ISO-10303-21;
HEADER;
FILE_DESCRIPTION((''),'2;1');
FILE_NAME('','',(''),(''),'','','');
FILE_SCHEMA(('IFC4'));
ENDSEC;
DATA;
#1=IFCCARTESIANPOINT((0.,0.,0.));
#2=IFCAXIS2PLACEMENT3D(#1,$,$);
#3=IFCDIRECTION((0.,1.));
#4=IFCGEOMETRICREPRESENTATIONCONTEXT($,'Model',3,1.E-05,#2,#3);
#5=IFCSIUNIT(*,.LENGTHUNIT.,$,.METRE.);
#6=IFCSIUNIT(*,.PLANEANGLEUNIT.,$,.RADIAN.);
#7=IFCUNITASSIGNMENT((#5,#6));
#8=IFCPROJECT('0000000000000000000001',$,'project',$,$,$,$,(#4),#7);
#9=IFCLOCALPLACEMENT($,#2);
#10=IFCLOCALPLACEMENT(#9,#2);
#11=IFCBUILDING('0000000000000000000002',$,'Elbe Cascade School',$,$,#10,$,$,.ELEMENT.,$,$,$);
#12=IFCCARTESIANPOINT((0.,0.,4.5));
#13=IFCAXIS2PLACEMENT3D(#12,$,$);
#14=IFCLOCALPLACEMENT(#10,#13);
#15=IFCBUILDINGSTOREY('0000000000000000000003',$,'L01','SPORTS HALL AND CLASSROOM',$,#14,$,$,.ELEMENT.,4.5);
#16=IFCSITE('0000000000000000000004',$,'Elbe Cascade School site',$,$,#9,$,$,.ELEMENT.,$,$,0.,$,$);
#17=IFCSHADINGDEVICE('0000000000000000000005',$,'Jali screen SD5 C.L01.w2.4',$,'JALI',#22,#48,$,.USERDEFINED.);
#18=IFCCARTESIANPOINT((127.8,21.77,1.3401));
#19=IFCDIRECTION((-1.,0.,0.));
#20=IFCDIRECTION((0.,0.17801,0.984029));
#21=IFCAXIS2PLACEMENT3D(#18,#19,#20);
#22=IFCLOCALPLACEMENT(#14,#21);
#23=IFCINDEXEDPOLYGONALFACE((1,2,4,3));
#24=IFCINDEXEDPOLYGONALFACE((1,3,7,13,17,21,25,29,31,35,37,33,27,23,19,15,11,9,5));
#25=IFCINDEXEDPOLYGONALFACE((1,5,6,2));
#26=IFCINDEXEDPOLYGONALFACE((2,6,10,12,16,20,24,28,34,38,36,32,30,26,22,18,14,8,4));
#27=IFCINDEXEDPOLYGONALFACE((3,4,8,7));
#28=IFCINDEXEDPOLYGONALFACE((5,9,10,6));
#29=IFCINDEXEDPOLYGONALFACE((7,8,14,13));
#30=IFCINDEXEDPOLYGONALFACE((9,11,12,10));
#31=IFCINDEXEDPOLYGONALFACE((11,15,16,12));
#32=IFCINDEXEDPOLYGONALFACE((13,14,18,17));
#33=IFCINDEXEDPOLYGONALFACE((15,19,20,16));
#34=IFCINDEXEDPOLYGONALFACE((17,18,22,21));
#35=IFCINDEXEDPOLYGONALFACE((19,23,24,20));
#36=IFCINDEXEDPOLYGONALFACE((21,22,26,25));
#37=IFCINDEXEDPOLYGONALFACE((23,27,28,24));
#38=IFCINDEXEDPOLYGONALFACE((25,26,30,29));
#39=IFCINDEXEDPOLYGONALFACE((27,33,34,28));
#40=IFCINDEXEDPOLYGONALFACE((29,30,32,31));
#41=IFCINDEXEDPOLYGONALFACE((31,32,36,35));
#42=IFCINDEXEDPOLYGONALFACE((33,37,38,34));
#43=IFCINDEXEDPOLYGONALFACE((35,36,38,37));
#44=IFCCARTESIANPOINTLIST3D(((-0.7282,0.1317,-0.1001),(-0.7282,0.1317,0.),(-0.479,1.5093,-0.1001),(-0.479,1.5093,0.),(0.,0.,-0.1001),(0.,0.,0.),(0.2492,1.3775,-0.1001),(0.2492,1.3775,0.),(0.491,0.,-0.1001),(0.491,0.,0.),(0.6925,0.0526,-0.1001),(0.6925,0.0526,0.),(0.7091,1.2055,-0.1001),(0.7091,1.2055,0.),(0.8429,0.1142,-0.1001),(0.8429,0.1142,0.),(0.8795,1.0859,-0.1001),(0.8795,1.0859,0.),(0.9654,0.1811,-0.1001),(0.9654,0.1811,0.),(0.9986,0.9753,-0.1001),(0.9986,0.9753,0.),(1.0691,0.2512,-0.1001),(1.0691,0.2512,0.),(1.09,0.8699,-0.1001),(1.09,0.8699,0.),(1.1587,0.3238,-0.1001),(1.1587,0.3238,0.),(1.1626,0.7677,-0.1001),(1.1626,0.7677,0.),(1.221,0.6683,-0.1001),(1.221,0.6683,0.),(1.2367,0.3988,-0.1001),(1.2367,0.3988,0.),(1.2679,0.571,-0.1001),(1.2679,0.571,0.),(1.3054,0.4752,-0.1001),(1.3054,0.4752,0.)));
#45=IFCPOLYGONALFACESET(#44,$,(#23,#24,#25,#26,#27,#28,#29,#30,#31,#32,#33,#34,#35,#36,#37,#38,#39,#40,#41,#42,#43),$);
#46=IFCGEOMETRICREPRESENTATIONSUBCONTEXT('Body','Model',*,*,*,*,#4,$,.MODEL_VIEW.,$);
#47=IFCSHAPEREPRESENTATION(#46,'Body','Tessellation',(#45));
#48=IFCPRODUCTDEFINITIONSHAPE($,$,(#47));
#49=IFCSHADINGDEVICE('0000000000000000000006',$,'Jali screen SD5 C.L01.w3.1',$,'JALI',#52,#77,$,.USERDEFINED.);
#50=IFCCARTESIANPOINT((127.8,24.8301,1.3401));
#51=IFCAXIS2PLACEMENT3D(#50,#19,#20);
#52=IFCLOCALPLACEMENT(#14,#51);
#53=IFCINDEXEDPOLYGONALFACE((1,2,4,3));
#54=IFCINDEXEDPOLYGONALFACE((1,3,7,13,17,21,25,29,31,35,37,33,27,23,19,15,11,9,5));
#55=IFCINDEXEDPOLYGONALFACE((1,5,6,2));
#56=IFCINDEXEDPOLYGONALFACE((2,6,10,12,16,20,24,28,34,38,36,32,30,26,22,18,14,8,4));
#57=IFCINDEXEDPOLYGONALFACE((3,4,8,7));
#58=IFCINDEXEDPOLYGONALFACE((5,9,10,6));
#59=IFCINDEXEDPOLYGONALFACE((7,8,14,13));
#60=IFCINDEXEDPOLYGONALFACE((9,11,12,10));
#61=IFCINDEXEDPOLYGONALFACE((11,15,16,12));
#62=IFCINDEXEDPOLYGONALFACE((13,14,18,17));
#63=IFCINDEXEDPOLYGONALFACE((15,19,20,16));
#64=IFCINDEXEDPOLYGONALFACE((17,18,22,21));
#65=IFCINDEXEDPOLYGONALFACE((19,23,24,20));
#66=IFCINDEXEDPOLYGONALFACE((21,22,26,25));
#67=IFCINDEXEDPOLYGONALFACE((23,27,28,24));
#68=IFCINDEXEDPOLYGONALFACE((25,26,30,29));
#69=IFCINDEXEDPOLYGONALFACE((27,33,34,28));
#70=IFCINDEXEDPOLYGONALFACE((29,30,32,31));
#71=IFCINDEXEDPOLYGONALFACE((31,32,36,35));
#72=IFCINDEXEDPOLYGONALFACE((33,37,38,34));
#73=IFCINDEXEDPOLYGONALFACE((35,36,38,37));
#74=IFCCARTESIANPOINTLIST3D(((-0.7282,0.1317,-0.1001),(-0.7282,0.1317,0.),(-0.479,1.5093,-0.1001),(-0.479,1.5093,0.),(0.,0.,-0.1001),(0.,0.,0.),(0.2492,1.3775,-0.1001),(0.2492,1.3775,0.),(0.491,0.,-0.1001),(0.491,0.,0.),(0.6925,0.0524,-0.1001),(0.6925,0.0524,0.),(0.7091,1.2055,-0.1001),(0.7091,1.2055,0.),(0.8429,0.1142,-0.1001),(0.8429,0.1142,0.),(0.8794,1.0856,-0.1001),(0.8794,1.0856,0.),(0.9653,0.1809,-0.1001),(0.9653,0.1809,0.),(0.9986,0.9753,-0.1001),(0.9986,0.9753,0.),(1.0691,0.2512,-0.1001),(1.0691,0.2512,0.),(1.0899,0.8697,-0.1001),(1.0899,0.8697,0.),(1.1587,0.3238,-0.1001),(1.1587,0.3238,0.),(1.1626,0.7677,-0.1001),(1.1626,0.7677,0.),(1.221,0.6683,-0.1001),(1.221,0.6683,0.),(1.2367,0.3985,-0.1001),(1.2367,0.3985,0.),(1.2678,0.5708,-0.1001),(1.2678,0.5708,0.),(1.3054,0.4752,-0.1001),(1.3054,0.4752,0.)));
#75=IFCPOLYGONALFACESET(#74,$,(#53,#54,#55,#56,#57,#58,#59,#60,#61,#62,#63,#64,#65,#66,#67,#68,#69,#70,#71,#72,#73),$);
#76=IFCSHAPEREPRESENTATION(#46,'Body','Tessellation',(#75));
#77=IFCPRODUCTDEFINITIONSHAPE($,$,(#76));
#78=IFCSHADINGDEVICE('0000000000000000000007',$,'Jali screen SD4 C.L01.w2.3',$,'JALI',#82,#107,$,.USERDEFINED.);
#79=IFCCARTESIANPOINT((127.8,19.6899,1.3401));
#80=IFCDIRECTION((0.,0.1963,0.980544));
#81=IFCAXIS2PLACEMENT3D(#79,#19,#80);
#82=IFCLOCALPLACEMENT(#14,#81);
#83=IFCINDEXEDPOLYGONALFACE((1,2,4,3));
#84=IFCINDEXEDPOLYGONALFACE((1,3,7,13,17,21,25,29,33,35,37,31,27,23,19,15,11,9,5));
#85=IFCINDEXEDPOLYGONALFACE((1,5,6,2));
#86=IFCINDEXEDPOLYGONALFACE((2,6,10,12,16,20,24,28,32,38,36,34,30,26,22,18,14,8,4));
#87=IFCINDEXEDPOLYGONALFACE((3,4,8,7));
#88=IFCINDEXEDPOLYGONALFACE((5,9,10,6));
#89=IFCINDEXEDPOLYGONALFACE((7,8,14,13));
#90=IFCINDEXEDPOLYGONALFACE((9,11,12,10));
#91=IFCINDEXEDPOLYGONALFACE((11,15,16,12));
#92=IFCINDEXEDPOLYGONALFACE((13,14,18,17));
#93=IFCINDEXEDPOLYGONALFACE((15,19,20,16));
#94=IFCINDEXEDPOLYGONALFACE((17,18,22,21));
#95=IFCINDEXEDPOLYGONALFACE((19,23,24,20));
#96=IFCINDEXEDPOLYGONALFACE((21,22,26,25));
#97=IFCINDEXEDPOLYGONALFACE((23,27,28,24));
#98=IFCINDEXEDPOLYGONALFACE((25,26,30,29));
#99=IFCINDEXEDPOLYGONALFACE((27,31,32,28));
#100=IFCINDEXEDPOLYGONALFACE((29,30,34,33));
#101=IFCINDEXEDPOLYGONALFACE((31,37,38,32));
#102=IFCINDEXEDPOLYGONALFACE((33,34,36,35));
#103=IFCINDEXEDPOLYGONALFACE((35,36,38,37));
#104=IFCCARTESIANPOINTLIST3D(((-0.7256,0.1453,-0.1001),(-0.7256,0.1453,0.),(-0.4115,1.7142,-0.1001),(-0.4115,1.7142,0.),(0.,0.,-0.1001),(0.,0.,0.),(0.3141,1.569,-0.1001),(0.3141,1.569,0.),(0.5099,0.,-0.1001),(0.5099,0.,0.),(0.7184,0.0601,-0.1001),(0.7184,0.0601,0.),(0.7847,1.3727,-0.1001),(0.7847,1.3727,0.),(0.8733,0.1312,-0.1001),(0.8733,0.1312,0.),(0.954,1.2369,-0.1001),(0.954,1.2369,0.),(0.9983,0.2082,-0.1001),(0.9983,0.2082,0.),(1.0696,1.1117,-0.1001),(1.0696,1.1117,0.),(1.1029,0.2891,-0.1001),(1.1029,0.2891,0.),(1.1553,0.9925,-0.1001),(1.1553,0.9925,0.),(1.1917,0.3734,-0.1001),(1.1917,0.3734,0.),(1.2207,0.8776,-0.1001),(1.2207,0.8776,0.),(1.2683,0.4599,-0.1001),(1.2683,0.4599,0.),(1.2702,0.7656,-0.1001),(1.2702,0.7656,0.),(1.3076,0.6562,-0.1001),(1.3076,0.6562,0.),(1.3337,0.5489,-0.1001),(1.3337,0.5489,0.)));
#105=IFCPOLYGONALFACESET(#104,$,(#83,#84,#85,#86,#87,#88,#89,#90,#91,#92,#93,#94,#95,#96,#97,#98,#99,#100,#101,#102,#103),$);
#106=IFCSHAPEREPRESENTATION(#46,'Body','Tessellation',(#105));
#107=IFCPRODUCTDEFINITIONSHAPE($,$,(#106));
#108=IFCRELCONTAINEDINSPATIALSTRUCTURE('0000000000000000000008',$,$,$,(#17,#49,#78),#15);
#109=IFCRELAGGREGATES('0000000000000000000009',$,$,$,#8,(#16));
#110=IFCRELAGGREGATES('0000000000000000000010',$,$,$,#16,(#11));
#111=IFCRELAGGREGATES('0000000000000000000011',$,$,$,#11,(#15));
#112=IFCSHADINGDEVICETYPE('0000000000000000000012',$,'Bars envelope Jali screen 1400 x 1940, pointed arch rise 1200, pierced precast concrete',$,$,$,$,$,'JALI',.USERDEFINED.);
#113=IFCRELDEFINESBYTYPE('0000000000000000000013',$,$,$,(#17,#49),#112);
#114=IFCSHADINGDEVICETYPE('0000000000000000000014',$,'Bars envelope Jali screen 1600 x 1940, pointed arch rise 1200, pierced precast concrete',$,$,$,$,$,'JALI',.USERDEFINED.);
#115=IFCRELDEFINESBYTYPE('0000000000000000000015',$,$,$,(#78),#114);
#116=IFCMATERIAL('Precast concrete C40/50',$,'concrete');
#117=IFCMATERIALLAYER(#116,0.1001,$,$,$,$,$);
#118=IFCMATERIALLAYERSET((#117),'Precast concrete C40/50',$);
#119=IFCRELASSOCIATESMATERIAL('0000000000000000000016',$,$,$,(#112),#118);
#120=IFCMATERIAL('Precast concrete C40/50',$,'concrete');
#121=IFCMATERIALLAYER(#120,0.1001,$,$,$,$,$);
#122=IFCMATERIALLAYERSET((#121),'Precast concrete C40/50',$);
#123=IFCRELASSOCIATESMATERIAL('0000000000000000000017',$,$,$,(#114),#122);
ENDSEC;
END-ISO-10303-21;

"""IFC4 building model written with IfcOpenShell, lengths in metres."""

from ifc_helpers import new_model, si_unit, direction, frame, origin, place, context, subcontext, project, spatial, polyline, outline, extrude, material, layer, layer_set, type_object, element, save


model = new_model("IFC4")

# Units and contexts
model_context = context("Model", 3, precision=1e-05, world=origin(), true_north=direction((0.0, 1.0)))
body_context = subcontext(model_context, "Body", "Model", "MODEL_VIEW")
ifc_project = project(units=[si_unit("LENGTHUNIT", "METRE"), si_unit("PLANEANGLEUNIT", "RADIAN")], contexts=[model_context])

# Site, building, storey
site_placement = place(None, origin())
site = spatial("IfcSite", under=ifc_project, at=site_placement, Name="Elbe Cascade School site", CompositionType="ELEMENT", RefElevation=0.0)
building_placement = place(site_placement, origin())
building = spatial("IfcBuilding", under=site, at=building_placement, Name="Elbe Cascade School", CompositionType="ELEMENT")
storey_placement = place(building_placement, frame((0.0, 0.0, 4.5)))
storey = spatial("IfcBuildingStorey", under=building, at=storey_placement, Name="L01", Description="SPORTS HALL AND CLASSROOM", CompositionType="ELEMENT", Elevation=4.5)

# Shading devices
ifc_material_1 = material(Name="Precast concrete C40/50", Category="concrete")
ifc_layer_1 = layer(ifc_material_1, 0.1001)
ifc_layer_set_1 = layer_set([ifc_layer_1], Name="Precast concrete C40/50")
shading_device_type_1 = type_object("IfcShadingDeviceType", Name="Bars envelope Jali screen 1400 x 1940, pointed arch rise 1200, pierced precast concrete", ElementType="JALI", PredefinedType="USERDEFINED", material=ifc_layer_set_1)
shading_device_1_placement = place(storey_placement, frame((127.8, 21.77, 1.3401), z_axis=(-1.0, 0.0, 0.0), x_axis=(0.0, 0.17801, 0.984029)))
element("IfcShadingDevice", 1, at=shading_device_1_placement, inside=storey, type_object=shading_device_type_1, Name="Jali screen SD5 C.L01.w2.4", ObjectType="JALI", PredefinedType="USERDEFINED", context=body_context, shape_type="SweptSolid", body=[
    extrude(outline(polyline([(0.0, 0.0), (0.491, 0.0), (0.6925, 0.0526), (0.8429, 0.1142), (0.9654, 0.1811), (1.0691, 0.2512), (1.1587, 0.3238), (1.2367, 0.3988), (1.3054, 0.4752), (1.2679, 0.571), (1.221, 0.6683), (1.1626, 0.7677), (1.09, 0.8699), (0.9986, 0.9753), (0.8795, 1.0859), (0.7091, 1.2055), (0.2492, 1.3775), (-0.479, 1.5093), (-0.7282, 0.1317), (0.0, 0.0)])), origin(), (0.0, 0.0, -1.0), 0.1001),
])
shading_device_2_placement = place(storey_placement, frame((127.8, 24.8301, 1.3401), z_axis=(-1.0, 0.0, 0.0), x_axis=(0.0, 0.17801, 0.984029)))
element("IfcShadingDevice", 2, at=shading_device_2_placement, inside=storey, type_object=shading_device_type_1, Name="Jali screen SD5 C.L01.w3.1", ObjectType="JALI", PredefinedType="USERDEFINED", context=body_context, shape_type="SweptSolid", body=[
    extrude(outline(polyline([(0.0, 0.0), (0.491, 0.0), (0.6925, 0.0524), (0.8429, 0.1142), (0.9653, 0.1809), (1.0691, 0.2512), (1.1587, 0.3238), (1.2367, 0.3985), (1.3054, 0.4752), (1.2678, 0.5708), (1.221, 0.6683), (1.1626, 0.7677), (1.0899, 0.8697), (0.9986, 0.9753), (0.8794, 1.0856), (0.7091, 1.2055), (0.2492, 1.3775), (-0.479, 1.5093), (-0.7282, 0.1317), (0.0, 0.0)])), origin(), (0.0, 0.0, -1.0), 0.1001),
])
ifc_material_2 = material(Name="Precast concrete C40/50", Category="concrete")
ifc_layer_2 = layer(ifc_material_2, 0.1001)
ifc_layer_set_2 = layer_set([ifc_layer_2], Name="Precast concrete C40/50")
shading_device_type_2 = type_object("IfcShadingDeviceType", Name="Bars envelope Jali screen 1600 x 1940, pointed arch rise 1200, pierced precast concrete", ElementType="JALI", PredefinedType="USERDEFINED", material=ifc_layer_set_2)
shading_device_3_placement = place(storey_placement, frame((127.8, 19.6899, 1.3401), z_axis=(-1.0, 0.0, 0.0), x_axis=(0.0, 0.1963, 0.980544)))
element("IfcShadingDevice", 3, at=shading_device_3_placement, inside=storey, type_object=shading_device_type_2, Name="Jali screen SD4 C.L01.w2.3", ObjectType="JALI", PredefinedType="USERDEFINED", context=body_context, shape_type="SweptSolid", body=[
    extrude(outline(polyline([(0.0, 0.0), (0.5099, 0.0), (0.7184, 0.0601), (0.8733, 0.1312), (0.9983, 0.2082), (1.1029, 0.2891), (1.1917, 0.3734), (1.2683, 0.4599), (1.3337, 0.5489), (1.3076, 0.6562), (1.2702, 0.7656), (1.2207, 0.8776), (1.1553, 0.9925), (1.0696, 1.1117), (0.954, 1.2369), (0.7847, 1.3727), (0.3141, 1.569), (-0.4115, 1.7142), (-0.7256, 0.1453), (0.0, 0.0)])), origin(), (0.0, 0.0, -1.0), 0.1001),
])

save(model, "model.ifc")
